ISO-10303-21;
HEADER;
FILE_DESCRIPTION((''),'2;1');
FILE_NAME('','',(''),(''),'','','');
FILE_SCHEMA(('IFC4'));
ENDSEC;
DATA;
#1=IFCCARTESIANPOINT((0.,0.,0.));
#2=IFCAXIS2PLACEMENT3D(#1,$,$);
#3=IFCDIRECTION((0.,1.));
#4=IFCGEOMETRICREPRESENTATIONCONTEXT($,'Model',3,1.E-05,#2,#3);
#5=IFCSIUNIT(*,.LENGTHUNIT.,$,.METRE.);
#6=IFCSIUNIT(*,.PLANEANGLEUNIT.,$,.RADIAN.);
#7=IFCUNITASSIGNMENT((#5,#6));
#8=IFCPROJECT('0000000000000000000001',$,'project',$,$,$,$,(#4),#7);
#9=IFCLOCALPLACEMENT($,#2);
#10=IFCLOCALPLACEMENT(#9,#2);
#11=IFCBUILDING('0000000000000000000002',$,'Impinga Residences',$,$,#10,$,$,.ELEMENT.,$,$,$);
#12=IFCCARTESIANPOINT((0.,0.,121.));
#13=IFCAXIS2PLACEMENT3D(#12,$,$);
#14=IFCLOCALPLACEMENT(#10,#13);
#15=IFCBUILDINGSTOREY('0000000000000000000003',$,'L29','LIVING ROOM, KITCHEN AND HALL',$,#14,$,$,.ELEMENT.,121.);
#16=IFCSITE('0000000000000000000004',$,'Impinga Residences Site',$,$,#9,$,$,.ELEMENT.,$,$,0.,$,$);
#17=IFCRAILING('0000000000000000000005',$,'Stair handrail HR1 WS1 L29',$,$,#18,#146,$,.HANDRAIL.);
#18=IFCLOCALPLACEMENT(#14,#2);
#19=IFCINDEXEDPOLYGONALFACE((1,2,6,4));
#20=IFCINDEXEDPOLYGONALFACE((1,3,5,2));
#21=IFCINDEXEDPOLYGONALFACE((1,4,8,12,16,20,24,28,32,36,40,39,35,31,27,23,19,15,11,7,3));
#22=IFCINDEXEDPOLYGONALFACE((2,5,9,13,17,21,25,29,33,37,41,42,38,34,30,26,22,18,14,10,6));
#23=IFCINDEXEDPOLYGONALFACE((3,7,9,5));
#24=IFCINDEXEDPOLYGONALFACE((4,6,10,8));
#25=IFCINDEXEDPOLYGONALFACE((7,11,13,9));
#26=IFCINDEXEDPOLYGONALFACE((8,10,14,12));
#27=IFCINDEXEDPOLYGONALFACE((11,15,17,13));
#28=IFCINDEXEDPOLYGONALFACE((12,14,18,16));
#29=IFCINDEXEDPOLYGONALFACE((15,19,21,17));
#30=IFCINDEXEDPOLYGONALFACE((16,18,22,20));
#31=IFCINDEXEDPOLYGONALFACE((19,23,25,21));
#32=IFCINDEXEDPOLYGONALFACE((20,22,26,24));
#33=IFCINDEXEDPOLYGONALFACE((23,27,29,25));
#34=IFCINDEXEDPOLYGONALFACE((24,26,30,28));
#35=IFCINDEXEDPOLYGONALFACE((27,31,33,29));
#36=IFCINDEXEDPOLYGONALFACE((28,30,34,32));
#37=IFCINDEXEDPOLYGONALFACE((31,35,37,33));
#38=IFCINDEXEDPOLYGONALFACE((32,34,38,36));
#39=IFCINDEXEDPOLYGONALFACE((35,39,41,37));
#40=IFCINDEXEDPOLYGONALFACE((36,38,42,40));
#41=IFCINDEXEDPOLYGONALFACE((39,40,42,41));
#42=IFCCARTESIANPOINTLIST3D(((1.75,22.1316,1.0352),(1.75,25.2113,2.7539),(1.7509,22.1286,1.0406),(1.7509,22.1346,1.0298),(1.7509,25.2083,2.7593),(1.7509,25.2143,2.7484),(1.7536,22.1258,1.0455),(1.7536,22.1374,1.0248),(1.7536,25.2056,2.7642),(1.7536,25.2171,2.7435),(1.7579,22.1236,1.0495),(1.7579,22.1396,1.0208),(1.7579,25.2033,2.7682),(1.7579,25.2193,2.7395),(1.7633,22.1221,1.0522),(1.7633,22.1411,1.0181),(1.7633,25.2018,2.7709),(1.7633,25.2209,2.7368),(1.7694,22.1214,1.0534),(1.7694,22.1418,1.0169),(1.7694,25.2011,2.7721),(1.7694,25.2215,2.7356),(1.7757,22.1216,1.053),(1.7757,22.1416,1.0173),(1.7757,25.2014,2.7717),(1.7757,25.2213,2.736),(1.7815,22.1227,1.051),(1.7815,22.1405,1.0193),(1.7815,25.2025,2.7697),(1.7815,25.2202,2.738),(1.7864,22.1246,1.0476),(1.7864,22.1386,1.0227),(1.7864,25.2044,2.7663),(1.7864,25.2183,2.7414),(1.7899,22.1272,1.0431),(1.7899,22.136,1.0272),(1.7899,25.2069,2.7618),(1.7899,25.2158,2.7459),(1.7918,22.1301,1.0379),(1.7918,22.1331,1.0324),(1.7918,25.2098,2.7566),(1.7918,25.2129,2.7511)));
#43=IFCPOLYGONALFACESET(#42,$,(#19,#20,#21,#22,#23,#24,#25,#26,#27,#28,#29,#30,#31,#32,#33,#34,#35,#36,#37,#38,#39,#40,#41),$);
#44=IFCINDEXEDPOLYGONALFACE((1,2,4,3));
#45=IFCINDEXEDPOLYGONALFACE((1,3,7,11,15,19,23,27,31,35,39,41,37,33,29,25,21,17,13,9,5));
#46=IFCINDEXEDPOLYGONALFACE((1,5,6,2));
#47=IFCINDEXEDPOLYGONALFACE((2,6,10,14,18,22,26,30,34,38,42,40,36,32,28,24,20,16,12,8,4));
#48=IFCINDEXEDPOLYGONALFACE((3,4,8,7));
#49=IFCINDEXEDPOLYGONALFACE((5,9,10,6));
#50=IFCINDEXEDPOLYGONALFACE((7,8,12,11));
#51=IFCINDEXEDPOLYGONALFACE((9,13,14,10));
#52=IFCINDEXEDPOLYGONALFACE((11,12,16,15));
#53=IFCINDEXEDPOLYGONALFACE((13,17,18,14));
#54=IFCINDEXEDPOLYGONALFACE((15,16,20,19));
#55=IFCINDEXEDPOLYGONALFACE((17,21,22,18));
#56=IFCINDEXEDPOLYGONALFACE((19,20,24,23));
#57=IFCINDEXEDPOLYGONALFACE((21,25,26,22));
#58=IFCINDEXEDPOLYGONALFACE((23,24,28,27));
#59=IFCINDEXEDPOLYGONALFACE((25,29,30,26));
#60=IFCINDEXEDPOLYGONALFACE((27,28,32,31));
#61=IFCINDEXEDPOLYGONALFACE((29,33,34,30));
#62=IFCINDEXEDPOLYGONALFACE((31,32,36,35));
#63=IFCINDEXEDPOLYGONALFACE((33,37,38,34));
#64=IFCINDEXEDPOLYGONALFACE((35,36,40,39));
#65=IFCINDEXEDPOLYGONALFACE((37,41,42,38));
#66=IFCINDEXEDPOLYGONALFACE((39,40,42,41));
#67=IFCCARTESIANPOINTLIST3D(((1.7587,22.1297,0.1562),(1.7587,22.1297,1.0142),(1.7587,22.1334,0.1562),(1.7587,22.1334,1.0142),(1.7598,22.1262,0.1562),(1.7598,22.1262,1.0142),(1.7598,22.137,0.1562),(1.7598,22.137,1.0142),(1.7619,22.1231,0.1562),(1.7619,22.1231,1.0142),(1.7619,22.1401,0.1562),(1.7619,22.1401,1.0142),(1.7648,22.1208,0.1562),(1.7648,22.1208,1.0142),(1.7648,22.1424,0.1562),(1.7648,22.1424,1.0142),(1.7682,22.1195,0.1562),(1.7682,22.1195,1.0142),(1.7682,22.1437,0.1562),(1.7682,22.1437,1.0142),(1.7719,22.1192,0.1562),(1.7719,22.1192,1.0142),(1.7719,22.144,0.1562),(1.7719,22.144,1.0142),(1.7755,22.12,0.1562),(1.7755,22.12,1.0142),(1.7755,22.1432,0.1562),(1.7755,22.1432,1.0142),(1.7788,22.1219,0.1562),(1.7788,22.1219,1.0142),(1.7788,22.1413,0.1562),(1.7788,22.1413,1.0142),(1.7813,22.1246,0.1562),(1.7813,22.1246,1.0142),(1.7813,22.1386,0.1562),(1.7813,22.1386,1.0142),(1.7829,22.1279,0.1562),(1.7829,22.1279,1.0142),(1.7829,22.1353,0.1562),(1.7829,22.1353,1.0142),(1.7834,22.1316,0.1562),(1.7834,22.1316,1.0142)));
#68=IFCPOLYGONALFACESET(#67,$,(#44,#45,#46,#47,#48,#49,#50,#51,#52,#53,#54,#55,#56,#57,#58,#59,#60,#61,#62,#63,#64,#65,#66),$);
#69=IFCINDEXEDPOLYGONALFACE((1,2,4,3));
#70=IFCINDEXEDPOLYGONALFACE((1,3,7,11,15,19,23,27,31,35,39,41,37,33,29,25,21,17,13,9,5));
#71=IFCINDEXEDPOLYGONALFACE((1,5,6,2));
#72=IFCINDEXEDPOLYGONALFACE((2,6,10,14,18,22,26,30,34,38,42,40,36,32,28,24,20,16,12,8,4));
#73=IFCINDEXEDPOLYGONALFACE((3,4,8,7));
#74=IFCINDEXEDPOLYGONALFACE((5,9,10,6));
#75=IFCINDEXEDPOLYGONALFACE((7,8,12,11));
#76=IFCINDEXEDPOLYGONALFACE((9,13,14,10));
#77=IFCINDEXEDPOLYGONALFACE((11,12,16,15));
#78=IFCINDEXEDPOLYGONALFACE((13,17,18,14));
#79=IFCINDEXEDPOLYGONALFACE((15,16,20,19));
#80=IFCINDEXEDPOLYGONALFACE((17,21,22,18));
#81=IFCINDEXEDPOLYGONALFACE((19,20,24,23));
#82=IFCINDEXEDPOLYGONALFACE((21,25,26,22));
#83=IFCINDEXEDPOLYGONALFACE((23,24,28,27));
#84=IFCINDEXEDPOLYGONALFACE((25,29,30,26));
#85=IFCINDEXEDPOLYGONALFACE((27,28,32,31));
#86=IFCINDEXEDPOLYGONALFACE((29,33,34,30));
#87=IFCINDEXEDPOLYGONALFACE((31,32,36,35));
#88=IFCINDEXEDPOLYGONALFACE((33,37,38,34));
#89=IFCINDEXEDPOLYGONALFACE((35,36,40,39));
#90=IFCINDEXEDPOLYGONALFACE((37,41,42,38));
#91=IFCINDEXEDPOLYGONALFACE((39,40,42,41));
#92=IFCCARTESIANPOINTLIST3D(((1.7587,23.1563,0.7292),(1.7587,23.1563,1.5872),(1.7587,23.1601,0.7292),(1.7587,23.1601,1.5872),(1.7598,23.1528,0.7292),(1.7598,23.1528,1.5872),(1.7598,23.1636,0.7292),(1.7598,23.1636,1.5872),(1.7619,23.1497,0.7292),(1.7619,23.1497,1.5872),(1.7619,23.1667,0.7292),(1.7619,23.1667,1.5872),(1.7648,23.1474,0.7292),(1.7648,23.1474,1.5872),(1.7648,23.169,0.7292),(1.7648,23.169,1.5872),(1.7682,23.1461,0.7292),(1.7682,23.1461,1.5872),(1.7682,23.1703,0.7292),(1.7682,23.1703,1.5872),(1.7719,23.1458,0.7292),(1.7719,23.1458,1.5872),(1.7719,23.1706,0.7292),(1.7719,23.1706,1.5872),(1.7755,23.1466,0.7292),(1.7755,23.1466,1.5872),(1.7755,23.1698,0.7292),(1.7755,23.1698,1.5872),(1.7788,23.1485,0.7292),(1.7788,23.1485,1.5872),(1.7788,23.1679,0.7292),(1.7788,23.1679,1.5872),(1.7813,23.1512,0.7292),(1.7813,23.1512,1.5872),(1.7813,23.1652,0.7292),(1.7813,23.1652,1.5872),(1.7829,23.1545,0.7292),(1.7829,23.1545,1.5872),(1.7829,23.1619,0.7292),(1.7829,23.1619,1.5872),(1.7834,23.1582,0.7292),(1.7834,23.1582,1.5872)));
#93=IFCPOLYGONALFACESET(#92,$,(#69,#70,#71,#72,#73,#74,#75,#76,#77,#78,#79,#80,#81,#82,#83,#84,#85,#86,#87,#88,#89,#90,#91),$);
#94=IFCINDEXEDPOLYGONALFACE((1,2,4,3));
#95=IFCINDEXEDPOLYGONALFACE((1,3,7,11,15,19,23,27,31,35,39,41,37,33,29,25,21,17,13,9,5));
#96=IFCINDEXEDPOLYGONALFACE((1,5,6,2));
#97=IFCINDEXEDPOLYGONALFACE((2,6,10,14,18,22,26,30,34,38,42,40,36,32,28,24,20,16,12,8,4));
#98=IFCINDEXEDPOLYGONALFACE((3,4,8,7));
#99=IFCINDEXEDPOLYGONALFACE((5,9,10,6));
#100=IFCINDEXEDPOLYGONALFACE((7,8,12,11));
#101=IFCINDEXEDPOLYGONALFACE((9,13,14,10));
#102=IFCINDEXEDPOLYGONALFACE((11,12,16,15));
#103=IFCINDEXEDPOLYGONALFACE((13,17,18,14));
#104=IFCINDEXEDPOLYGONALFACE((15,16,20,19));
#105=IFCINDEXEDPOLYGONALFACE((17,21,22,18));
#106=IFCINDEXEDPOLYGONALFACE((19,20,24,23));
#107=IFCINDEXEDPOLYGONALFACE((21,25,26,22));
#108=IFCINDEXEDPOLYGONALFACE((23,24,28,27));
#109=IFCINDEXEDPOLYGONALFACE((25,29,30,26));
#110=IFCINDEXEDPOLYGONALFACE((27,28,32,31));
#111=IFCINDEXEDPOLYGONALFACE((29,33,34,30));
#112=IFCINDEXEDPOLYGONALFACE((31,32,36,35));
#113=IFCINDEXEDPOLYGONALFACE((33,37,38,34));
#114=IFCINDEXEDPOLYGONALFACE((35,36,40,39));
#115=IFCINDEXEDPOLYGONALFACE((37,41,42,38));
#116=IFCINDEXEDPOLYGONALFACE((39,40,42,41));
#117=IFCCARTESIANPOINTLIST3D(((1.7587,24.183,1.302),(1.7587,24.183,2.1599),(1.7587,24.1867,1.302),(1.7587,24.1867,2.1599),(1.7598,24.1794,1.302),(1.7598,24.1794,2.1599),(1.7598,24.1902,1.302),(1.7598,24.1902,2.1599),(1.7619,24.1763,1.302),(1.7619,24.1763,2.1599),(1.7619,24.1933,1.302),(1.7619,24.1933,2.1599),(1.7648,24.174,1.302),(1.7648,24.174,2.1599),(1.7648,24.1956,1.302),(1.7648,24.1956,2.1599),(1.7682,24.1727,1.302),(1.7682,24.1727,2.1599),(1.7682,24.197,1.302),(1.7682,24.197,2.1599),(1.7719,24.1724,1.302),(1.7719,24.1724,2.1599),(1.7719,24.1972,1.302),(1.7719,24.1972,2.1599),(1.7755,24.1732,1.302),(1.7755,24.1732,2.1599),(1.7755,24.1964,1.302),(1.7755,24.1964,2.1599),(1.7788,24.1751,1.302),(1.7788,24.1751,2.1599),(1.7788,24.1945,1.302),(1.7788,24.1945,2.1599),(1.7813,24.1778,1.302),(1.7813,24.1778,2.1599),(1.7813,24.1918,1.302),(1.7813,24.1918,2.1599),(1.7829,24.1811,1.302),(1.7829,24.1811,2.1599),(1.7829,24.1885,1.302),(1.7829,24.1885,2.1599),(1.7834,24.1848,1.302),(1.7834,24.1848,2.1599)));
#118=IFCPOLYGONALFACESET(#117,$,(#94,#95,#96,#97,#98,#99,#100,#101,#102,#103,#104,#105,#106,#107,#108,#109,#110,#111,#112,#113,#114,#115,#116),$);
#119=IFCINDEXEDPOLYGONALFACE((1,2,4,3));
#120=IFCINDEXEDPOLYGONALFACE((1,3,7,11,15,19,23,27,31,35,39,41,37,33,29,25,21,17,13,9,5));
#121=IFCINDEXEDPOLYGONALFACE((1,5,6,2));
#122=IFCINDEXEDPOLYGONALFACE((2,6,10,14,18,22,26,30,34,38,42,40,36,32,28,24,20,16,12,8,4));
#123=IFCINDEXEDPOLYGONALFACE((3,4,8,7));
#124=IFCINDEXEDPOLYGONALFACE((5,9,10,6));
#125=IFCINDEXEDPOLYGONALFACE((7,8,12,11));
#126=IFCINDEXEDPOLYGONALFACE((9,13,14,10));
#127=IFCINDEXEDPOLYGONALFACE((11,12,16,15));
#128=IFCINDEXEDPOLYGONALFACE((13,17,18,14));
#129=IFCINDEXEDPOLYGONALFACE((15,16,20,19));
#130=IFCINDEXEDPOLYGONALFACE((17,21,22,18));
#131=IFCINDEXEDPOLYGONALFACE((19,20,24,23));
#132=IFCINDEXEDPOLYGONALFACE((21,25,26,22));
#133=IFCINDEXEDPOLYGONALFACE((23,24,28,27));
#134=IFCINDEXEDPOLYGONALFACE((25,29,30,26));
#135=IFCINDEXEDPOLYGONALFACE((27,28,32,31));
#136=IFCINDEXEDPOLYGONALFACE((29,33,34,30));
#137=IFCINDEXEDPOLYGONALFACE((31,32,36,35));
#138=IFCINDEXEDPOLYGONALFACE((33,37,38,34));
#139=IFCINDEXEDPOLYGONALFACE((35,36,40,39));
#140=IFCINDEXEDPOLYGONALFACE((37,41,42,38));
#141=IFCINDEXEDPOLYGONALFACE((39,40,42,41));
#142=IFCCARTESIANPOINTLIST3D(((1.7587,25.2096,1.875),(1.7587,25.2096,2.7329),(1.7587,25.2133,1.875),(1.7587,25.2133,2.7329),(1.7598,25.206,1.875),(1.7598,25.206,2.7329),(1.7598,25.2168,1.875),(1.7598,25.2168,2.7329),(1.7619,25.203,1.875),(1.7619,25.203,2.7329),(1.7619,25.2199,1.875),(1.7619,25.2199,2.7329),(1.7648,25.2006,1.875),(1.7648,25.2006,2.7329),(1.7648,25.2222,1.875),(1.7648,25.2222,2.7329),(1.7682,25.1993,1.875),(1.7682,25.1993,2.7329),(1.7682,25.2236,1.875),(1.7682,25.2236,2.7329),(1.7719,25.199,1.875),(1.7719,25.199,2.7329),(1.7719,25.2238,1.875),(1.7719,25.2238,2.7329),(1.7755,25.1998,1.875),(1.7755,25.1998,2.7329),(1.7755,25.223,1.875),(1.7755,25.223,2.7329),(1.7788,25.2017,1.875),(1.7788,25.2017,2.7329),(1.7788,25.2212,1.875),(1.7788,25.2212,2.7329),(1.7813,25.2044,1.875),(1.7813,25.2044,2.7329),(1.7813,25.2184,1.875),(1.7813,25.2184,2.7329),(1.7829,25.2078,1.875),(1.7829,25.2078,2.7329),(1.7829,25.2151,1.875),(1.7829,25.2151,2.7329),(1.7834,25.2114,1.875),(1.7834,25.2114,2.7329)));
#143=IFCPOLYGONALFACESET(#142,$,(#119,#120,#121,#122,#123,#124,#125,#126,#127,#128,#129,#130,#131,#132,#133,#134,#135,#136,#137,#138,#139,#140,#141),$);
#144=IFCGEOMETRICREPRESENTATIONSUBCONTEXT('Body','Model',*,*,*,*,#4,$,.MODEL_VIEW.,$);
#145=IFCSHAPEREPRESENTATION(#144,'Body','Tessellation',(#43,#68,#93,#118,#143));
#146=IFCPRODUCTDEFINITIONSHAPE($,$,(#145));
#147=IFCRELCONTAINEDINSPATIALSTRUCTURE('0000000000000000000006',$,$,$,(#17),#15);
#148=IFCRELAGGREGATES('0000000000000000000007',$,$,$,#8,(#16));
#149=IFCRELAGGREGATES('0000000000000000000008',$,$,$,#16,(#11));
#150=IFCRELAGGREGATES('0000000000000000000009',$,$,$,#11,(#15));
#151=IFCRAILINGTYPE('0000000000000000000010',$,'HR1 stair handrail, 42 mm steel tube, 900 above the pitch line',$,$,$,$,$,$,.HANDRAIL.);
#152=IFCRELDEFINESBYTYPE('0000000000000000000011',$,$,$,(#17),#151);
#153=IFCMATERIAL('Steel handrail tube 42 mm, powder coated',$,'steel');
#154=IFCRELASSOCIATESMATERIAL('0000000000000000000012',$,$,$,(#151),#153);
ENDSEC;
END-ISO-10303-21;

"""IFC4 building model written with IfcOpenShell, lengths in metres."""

from ifc_helpers import new_model, si_unit, direction, frame, origin, origin_2d, place, context, subcontext, project, spatial, circle, extrude, material, type_object, element, save


model = new_model("IFC4")

# Units and contexts
model_context = context("Model", 3, precision=1e-05, world=origin(), true_north=direction((0.0, 1.0)))
body_context = subcontext(model_context, "Body", "Model", "MODEL_VIEW")
ifc_project = project(units=[si_unit("LENGTHUNIT", "METRE"), si_unit("PLANEANGLEUNIT", "RADIAN")], contexts=[model_context])

# Site, building, storey
site_placement = place(None, origin())
site = spatial("IfcSite", under=ifc_project, at=site_placement, Name="Impinga Residences Site", CompositionType="ELEMENT", RefElevation=0.0)
building_placement = place(site_placement, origin())
building = spatial("IfcBuilding", under=site, at=building_placement, Name="Impinga Residences", CompositionType="ELEMENT")
storey_placement = place(building_placement, frame((0.0, 0.0, 121.0)))
storey = spatial("IfcBuildingStorey", under=building, at=storey_placement, Name="L29", Description="LIVING ROOM, KITCHEN AND HALL", CompositionType="ELEMENT", Elevation=121.0)

# Railing
ifc_material_1 = material(Name="Steel handrail tube 42 mm, powder coated", Category="steel")
railing_type = type_object("IfcRailingType", Name="HR1 stair handrail, 42 mm steel tube, 900 above the pitch line", PredefinedType="HANDRAIL", material=ifc_material_1)
railing_placement = place(storey_placement, frame((1.771, 22.1316, 0.1562)))
element("IfcRailing", 1, at=railing_placement, inside=storey, type_object=railing_type, Name="Stair handrail HR1 WS1 L29", PredefinedType="HANDRAIL", context=body_context, shape_type="SweptSolid", body=[
    extrude(circle(Radius=0.021, at=origin_2d()), frame((0.0, 0.0, 0.8789), z_axis=(0.0, 0.873225, 0.487317), x_axis=(-1.0, 0.0, 0.0)), (0.0, 0.0, 1.0), 3.5269),
    extrude(circle(Radius=0.0125, at=origin_2d()), origin(), (0.0, 0.0, 1.0), 0.8579),
    extrude(circle(Radius=0.0125, at=origin_2d()), frame((0.0, 1.0266, 0.573)), (0.0, 0.0, 1.0), 0.8579),
    extrude(circle(Radius=0.0125, at=origin_2d()), frame((0.0, 2.0532, 1.1458)), (0.0, 0.0, 1.0), 0.8579),
    extrude(circle(Radius=0.0125, at=origin_2d()), frame((0.0, 3.0798, 1.7188)), (0.0, 0.0, 1.0), 0.8579),
])

save(model, "model.ifc")
